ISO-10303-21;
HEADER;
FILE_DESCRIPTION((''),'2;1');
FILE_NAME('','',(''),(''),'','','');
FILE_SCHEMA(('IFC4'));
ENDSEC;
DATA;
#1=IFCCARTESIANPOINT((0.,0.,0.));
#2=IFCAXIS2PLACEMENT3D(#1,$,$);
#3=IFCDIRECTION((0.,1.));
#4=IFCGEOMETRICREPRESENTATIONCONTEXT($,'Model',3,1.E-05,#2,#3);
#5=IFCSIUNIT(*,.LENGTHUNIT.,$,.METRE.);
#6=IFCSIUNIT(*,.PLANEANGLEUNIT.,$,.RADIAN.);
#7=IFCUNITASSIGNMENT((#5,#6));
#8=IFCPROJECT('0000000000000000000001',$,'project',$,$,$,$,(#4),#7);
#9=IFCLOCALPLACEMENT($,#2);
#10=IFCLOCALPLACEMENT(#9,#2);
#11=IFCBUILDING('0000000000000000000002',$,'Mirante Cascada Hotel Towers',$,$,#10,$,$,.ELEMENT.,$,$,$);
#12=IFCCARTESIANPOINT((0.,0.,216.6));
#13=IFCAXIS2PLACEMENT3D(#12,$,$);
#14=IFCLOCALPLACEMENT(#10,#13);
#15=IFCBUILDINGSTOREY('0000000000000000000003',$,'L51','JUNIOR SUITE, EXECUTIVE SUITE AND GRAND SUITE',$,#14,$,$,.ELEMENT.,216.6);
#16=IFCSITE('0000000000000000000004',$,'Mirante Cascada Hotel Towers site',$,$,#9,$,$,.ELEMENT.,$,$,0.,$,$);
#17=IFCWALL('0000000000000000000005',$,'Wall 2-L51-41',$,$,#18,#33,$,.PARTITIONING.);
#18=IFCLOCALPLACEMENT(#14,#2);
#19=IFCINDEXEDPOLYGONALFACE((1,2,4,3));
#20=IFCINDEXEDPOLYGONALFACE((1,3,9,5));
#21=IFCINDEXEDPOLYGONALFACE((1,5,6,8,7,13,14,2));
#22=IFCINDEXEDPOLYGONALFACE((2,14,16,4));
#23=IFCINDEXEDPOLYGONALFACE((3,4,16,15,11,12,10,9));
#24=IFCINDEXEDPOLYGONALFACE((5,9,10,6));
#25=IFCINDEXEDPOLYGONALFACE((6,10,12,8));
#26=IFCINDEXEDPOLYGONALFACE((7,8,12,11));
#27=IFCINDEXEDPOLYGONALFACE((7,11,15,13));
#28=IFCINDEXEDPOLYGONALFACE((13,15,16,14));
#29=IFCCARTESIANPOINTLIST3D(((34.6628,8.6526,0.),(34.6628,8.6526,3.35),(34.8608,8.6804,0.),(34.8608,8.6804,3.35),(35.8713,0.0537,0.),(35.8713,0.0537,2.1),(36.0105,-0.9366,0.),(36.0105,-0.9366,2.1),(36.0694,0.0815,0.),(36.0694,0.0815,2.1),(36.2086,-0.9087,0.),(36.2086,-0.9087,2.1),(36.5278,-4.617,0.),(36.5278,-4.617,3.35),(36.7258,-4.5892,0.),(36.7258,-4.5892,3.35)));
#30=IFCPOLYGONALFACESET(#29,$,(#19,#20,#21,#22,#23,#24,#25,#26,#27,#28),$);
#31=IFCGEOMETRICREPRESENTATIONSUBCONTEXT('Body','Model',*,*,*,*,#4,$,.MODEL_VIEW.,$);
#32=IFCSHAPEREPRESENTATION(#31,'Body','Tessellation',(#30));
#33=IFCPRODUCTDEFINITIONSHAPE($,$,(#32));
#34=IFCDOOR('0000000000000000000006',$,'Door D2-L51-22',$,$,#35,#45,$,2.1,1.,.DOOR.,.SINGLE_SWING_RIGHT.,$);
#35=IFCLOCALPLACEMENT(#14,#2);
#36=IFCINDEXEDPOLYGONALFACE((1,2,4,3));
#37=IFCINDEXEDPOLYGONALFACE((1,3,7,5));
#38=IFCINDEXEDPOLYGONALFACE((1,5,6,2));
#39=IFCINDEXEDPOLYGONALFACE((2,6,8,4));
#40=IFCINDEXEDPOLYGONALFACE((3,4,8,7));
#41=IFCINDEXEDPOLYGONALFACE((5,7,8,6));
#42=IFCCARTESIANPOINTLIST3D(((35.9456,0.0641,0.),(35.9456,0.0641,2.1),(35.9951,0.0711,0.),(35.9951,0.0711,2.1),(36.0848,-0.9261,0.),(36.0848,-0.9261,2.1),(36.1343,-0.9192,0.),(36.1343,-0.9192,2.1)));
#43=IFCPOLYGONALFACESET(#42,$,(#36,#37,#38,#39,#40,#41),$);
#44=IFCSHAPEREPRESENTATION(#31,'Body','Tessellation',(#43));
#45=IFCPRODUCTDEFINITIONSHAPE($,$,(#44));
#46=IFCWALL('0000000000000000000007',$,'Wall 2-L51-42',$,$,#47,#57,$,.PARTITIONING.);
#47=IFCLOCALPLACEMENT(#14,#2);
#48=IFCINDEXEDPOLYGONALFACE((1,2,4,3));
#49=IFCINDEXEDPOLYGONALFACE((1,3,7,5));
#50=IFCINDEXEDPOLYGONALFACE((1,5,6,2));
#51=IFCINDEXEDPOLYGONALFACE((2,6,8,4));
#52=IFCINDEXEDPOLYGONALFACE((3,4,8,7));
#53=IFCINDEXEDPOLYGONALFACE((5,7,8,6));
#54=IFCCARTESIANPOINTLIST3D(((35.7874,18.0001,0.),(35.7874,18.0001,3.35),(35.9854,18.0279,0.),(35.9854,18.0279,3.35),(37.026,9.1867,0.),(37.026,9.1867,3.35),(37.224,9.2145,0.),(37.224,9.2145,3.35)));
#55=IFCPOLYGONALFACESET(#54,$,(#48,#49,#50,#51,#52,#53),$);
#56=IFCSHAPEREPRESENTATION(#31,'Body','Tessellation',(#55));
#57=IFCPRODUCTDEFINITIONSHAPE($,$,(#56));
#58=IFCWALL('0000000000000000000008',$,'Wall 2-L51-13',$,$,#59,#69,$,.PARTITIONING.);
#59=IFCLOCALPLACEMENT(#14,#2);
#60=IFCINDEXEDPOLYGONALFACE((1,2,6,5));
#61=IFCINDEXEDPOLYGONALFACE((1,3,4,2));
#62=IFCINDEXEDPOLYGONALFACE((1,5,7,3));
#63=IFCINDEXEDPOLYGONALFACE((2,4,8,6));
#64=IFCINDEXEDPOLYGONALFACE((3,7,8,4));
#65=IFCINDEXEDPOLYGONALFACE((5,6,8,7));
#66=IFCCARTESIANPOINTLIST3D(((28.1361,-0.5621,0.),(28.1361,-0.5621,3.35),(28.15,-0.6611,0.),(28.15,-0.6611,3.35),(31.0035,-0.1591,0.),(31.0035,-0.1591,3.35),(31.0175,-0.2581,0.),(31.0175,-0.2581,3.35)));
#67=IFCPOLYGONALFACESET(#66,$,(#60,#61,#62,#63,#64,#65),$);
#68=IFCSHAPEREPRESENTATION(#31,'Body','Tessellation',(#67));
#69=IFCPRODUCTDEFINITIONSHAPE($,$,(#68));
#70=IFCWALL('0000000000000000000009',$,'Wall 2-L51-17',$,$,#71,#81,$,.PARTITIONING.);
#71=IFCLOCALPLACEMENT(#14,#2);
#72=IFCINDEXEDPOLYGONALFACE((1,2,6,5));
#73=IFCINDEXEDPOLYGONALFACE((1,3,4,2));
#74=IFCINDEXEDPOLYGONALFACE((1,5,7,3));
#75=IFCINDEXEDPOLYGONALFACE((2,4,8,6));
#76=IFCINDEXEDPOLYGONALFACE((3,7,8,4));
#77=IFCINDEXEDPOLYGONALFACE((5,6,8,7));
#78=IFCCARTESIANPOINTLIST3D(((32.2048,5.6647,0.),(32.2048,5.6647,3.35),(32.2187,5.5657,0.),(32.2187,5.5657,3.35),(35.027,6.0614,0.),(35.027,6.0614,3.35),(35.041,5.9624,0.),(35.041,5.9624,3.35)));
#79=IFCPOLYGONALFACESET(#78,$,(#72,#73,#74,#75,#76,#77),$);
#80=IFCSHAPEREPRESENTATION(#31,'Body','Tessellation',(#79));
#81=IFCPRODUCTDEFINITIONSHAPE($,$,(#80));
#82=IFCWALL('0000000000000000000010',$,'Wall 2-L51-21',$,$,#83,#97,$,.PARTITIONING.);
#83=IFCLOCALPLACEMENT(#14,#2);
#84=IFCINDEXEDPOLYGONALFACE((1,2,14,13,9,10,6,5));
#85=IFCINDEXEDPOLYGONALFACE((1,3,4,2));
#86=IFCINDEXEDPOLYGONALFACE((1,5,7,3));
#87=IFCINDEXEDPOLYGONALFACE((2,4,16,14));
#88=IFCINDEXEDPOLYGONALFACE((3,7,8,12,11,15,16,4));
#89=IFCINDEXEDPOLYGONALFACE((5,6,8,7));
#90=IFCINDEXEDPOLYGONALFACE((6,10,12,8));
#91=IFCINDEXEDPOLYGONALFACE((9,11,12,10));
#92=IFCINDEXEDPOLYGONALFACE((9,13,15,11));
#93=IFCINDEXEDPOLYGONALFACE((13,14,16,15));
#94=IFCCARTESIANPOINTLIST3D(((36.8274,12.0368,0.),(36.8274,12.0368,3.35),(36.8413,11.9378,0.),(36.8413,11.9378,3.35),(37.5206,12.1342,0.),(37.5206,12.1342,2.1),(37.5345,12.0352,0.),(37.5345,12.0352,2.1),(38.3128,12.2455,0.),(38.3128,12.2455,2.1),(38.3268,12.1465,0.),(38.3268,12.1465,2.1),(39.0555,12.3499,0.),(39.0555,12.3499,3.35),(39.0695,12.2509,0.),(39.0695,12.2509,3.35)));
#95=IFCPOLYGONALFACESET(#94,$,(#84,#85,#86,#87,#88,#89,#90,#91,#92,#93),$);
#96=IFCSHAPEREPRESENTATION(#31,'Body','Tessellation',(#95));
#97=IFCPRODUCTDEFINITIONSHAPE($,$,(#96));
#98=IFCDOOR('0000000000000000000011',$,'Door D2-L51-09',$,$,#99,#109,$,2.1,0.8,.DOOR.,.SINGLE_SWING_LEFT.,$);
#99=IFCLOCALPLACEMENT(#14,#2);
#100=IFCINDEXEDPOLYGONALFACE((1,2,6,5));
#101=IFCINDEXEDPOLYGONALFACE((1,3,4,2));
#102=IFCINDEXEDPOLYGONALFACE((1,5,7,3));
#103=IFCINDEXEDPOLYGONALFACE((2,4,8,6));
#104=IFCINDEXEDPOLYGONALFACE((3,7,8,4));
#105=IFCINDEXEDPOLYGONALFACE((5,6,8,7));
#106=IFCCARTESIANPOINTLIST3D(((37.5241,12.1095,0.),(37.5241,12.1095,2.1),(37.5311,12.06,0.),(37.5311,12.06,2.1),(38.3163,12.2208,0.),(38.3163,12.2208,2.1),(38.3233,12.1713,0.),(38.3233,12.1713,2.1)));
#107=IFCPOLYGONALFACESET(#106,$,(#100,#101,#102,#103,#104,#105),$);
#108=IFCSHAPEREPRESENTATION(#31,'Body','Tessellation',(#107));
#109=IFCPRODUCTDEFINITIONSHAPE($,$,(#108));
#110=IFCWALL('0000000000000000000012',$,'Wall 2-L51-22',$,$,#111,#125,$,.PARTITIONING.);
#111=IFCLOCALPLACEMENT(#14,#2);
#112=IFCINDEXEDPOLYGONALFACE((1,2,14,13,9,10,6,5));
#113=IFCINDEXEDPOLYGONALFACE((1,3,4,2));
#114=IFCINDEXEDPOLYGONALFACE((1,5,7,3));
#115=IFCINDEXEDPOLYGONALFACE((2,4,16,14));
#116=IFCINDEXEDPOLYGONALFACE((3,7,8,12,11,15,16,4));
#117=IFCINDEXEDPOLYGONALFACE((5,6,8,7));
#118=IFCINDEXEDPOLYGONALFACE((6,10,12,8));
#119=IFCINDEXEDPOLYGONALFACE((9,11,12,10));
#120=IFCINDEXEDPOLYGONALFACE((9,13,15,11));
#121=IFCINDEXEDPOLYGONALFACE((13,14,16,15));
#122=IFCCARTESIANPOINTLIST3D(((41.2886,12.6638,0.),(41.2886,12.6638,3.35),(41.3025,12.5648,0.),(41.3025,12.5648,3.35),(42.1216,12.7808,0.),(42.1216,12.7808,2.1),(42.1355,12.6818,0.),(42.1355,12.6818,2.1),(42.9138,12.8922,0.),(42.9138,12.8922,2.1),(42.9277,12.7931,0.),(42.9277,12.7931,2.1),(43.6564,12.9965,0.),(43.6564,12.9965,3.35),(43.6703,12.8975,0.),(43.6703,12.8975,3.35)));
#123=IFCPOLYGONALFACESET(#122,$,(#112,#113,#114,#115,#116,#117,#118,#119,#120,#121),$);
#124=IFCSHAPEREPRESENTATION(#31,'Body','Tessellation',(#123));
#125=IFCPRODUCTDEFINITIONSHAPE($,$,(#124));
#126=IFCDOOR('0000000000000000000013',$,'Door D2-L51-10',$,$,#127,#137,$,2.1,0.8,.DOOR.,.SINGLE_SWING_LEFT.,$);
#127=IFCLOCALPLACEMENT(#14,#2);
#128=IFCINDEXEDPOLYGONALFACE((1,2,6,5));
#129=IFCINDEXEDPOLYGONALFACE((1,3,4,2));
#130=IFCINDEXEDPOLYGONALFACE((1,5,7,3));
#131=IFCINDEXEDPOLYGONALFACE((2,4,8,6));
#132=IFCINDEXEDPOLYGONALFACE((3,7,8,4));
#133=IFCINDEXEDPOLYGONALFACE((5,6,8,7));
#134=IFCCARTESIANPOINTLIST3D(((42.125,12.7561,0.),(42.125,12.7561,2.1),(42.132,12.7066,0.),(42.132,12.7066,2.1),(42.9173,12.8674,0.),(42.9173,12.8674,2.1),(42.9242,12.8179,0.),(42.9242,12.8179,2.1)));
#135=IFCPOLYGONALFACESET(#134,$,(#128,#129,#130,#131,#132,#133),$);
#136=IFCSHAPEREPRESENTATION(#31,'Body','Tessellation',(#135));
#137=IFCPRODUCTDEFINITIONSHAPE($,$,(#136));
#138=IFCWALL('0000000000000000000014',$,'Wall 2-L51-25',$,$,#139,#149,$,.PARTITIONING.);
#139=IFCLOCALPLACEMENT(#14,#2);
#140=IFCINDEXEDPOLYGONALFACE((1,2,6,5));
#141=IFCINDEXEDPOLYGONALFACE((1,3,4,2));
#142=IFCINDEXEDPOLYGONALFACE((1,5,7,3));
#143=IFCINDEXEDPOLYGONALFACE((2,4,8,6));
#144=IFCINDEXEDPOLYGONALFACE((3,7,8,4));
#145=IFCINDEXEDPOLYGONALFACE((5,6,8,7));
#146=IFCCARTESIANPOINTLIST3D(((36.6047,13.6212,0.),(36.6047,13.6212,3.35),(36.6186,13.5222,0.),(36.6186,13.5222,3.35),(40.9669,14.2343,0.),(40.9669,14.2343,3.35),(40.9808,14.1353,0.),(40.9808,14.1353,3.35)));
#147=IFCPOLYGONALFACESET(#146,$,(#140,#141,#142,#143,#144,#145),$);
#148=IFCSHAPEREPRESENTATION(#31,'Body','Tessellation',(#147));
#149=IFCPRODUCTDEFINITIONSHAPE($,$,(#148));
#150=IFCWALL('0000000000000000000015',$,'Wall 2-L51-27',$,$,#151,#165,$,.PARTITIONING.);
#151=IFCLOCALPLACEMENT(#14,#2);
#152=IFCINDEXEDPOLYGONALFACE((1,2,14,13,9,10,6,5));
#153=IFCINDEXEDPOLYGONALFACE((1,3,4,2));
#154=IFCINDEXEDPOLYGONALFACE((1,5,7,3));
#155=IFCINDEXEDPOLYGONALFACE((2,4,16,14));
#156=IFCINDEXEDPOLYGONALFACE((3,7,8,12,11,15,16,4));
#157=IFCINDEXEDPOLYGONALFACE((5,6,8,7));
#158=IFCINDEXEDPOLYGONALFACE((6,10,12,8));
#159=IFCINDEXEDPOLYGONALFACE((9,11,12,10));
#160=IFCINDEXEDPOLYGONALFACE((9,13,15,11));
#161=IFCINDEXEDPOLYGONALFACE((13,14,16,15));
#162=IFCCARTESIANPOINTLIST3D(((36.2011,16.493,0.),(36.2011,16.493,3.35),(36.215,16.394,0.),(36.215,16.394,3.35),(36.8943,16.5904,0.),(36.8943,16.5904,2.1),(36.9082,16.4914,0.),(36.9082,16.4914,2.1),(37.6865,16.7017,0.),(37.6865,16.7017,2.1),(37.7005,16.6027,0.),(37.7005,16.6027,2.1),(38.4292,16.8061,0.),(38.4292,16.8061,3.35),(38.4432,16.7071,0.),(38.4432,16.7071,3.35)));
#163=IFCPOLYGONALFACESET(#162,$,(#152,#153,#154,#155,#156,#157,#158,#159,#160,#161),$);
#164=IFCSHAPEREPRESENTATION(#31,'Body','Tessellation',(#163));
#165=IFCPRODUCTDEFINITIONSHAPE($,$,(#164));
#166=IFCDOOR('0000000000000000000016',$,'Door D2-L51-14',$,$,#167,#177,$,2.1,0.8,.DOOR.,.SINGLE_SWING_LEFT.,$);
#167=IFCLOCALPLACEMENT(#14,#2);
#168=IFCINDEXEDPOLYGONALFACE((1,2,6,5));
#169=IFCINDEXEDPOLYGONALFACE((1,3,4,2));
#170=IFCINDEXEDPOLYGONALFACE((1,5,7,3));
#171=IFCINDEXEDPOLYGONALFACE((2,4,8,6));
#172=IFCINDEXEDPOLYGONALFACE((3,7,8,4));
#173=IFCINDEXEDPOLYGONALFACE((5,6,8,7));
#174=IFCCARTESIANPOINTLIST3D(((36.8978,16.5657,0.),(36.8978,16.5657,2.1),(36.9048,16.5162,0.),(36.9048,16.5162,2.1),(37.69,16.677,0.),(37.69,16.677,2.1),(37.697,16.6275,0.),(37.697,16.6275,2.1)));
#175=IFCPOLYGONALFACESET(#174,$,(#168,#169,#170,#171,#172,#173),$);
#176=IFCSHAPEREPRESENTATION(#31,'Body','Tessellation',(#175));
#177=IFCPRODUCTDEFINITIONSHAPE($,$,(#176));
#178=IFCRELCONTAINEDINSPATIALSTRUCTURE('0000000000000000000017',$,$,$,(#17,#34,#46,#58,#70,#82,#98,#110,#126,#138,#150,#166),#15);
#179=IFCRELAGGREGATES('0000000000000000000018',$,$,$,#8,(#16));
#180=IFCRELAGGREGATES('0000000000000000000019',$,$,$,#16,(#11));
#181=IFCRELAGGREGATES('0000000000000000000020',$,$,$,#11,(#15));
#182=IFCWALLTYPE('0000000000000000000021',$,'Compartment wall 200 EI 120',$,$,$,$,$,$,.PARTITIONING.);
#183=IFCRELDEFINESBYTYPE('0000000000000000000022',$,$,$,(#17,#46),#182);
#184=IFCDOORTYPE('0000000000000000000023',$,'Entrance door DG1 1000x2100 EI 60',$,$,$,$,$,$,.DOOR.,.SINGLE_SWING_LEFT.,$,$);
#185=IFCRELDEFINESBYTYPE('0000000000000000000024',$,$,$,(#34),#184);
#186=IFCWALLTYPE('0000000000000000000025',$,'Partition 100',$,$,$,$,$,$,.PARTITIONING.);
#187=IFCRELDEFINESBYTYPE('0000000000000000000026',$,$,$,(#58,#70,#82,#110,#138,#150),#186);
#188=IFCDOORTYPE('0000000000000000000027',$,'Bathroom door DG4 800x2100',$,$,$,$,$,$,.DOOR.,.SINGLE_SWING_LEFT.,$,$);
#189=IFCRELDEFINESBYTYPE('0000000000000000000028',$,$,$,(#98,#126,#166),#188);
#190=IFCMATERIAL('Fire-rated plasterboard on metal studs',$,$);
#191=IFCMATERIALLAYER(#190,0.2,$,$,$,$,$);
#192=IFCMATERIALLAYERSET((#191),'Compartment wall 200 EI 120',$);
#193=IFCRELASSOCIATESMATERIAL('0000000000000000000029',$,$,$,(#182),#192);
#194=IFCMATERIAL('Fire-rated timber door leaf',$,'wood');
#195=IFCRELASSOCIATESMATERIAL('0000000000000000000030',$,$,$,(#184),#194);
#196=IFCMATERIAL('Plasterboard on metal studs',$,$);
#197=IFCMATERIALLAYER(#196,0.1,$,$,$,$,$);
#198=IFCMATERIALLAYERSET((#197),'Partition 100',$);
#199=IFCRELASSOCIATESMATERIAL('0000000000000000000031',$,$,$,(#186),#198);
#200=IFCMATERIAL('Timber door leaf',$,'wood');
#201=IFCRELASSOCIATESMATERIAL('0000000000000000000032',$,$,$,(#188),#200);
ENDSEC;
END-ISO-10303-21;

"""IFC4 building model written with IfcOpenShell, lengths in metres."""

from ifc_helpers import new_model, si_unit, direction, frame, frame_2d, origin, place, context, subcontext, project, spatial, rectangle, extrude, material, layer, layer_set, type_object, element, fill, save


model = new_model("IFC4")

# Units and contexts
model_context = context("Model", 3, precision=1e-05, world=origin(), true_north=direction((0.0, 1.0)))
body_context = subcontext(model_context, "Body", "Model", "MODEL_VIEW")
ifc_project = project(units=[si_unit("LENGTHUNIT", "METRE"), si_unit("PLANEANGLEUNIT", "RADIAN")], contexts=[model_context])

# Site, building, storey
site_placement = place(None, origin())
site = spatial("IfcSite", under=ifc_project, at=site_placement, Name="Mirante Cascada Hotel Towers site", CompositionType="ELEMENT", RefElevation=0.0)
building_placement = place(site_placement, origin())
building = spatial("IfcBuilding", under=site, at=building_placement, Name="Mirante Cascada Hotel Towers", CompositionType="ELEMENT")
storey_placement = place(building_placement, frame((0.0, 0.0, 216.6)))
storey = spatial("IfcBuildingStorey", under=building, at=storey_placement, Name="L51", Description="JUNIOR SUITE, EXECUTIVE SUITE AND GRAND SUITE", CompositionType="ELEMENT", Elevation=216.6)

# Shared definitions
ifc_material_1 = material(Name="Fire-rated plasterboard on metal studs")
ifc_layer_1 = layer(ifc_material_1, 0.2)
ifc_layer_set_1 = layer_set([ifc_layer_1], Name="Compartment wall 200 EI 120")
wall_type_1 = type_object("IfcWallType", Name="Compartment wall 200 EI 120", PredefinedType="PARTITIONING", material=ifc_layer_set_1)

# Wall, opening, door
wall_1_placement = place(storey_placement, frame((34.7618, 8.6665, 0.0), z_axis=(0.0, 0.0, 1.0), x_axis=(0.139179, -0.990267, 0.0)))
wall_1 = element("IfcWall", 1, at=wall_1_placement, inside=storey, type_object=wall_type_1, Name="Wall 2-L51-41", PredefinedType="PARTITIONING", context=body_context, shape_type="SweptSolid", body=[
    extrude(rectangle(XDim=13.4, YDim=0.2, at=frame_2d((6.7, 0.0))), origin(), (0.0, 0.0, 1.0), 3.35),
])
opening_1_placement = place(wall_1_placement, frame((8.6834, 0.0, 0.0)))
opening_1 = element("IfcOpeningElement", 2, at=opening_1_placement, cuts=wall_1, PredefinedType="OPENING", context=body_context, shape_type="SweptSolid", body=[
    extrude(rectangle(XDim=1.0, YDim=2.1, at=frame_2d((0.5, 1.05))), frame((0.0, 0.1, 0.0), z_axis=(0.0, -1.0, 0.0), x_axis=(1.0, 0.0, 0.0)), (0.0, 0.0, 1.0), 0.2),
])
ifc_material_2 = material(Name="Fire-rated timber door leaf", Category="wood")
door_type_1 = type_object("IfcDoorType", Name="Entrance door DG1 1000x2100 EI 60", OperationType="SINGLE_SWING_LEFT", PredefinedType="DOOR", material=ifc_material_2)
door_1_placement = place(opening_1_placement, frame((1.0, 0.0, 0.0), z_axis=(0.0, 0.0, 1.0), x_axis=(-1.0, 0.0, 0.0)))
door_1 = element("IfcDoor", 3, at=door_1_placement, inside=storey, type_object=door_type_1, Name="Door D2-L51-22", OperationType="SINGLE_SWING_RIGHT", OverallHeight=2.1, OverallWidth=1.0, PredefinedType="DOOR", context=body_context, shape_type="SweptSolid", body=[
    extrude(rectangle(XDim=1.0, YDim=2.1, at=frame_2d((0.5, 1.05))), frame((0.0, 0.025, 0.0), z_axis=(0.0, -1.0, 0.0), x_axis=(1.0, 0.0, 0.0)), (0.0, 0.0, 1.0), 0.05),
])
fill(opening_1, door_1)

# Walls
wall_2_placement = place(storey_placement, frame((37.125, 9.2006, 0.0), z_axis=(0.0, 0.0, 1.0), x_axis=(-0.139168, 0.990269, 0.0)))
element("IfcWall", 4, at=wall_2_placement, inside=storey, type_object=wall_type_1, Name="Wall 2-L51-42", PredefinedType="PARTITIONING", context=body_context, shape_type="SweptSolid", body=[
    extrude(rectangle(XDim=8.9, YDim=0.2, at=frame_2d((4.45, 0.0))), origin(), (0.0, 0.0, 1.0), 3.35),
])
ifc_material_3 = material(Name="Plasterboard on metal studs")
ifc_layer_2 = layer(ifc_material_3, 0.1)
ifc_layer_set_2 = layer_set([ifc_layer_2], Name="Partition 100")
wall_type_2 = type_object("IfcWallType", Name="Partition 100", PredefinedType="PARTITIONING", material=ifc_layer_set_2)
wall_3_placement = place(storey_placement, frame((31.0105, -0.2086, 0.0), z_axis=(0.0, 0.0, 1.0), x_axis=(-0.990267, -0.139178, 0.0)))
element("IfcWall", 5, at=wall_3_placement, inside=storey, type_object=wall_type_2, Name="Wall 2-L51-13", PredefinedType="PARTITIONING", context=body_context, shape_type="SweptSolid", body=[
    extrude(rectangle(XDim=2.8956, YDim=0.1, at=frame_2d((1.4478, 0.0))), origin(), (0.0, 0.0, 1.0), 3.35),
])
wall_4_placement = place(storey_placement, frame((35.034, 6.0119, 0.0), z_axis=(0.0, 0.0, 1.0), x_axis=(-0.990266, -0.139191, 0.0)))
element("IfcWall", 6, at=wall_4_placement, inside=storey, type_object=wall_type_2, Name="Wall 2-L51-17", PredefinedType="PARTITIONING", context=body_context, shape_type="SweptSolid", body=[
    extrude(rectangle(XDim=2.85, YDim=0.1, at=frame_2d((1.425, 0.0))), origin(), (0.0, 0.0, 1.0), 3.35),
])

# Walls, openings, doors
wall_5_placement = place(storey_placement, frame((39.0625, 12.3004, 0.0), z_axis=(0.0, 0.0, 1.0), x_axis=(-0.990271, -0.139156, 0.0)))
wall_5 = element("IfcWall", 7, at=wall_5_placement, inside=storey, type_object=wall_type_2, Name="Wall 2-L51-21", PredefinedType="PARTITIONING", context=body_context, shape_type="SweptSolid", body=[
    extrude(rectangle(XDim=2.25, YDim=0.1, at=frame_2d((1.125, 0.0))), origin(), (0.0, 0.0, 1.0), 3.35),
])
opening_2_placement = place(wall_5_placement, frame((0.75, 0.0, 0.0)))
opening_2 = element("IfcOpeningElement", 8, at=opening_2_placement, cuts=wall_5, PredefinedType="OPENING", context=body_context, shape_type="SweptSolid", body=[
    extrude(rectangle(XDim=0.8, YDim=2.1, at=frame_2d((0.4, 1.05))), frame((0.0, 0.05, 0.0), z_axis=(0.0, -1.0, 0.0), x_axis=(1.0, 0.0, 0.0)), (0.0, 0.0, 1.0), 0.1),
])
ifc_material_4 = material(Name="Timber door leaf", Category="wood")
door_type_2 = type_object("IfcDoorType", Name="Bathroom door DG4 800x2100", OperationType="SINGLE_SWING_LEFT", PredefinedType="DOOR", material=ifc_material_4)
door_2_placement = place(opening_2_placement, origin())
door_2 = element("IfcDoor", 9, at=door_2_placement, inside=storey, type_object=door_type_2, Name="Door D2-L51-09", OperationType="SINGLE_SWING_LEFT", OverallHeight=2.1, OverallWidth=0.8, PredefinedType="DOOR", context=body_context, shape_type="SweptSolid", body=[
    extrude(rectangle(XDim=0.8, YDim=2.1, at=frame_2d((0.4, 1.05))), frame((0.0, 0.025, 0.0), z_axis=(0.0, -1.0, 0.0), x_axis=(1.0, 0.0, 0.0)), (0.0, 0.0, 1.0), 0.05),
])
fill(opening_2, door_2)
wall_6_placement = place(storey_placement, frame((41.2956, 12.6143, 0.0), z_axis=(0.0, 0.0, 1.0), x_axis=(0.990272, 0.139143, 0.0)))
wall_6 = element("IfcWall", 10, at=wall_6_placement, inside=storey, type_object=wall_type_2, Name="Wall 2-L51-22", PredefinedType="PARTITIONING", context=body_context, shape_type="SweptSolid", body=[
    extrude(rectangle(XDim=2.3911, YDim=0.1, at=frame_2d((1.1955, 0.0))), origin(), (0.0, 0.0, 1.0), 3.35),
])
opening_3_placement = place(wall_6_placement, frame((0.8411, 0.0, 0.0)))
opening_3 = element("IfcOpeningElement", 11, at=opening_3_placement, cuts=wall_6, PredefinedType="OPENING", context=body_context, shape_type="SweptSolid", body=[
    extrude(rectangle(XDim=0.8, YDim=2.1, at=frame_2d((0.4, 1.05))), frame((0.0, 0.05, 0.0), z_axis=(0.0, -1.0, 0.0), x_axis=(1.0, 0.0, 0.0)), (0.0, 0.0, 1.0), 0.1),
])
door_3_placement = place(opening_3_placement, origin())
door_3 = element("IfcDoor", 12, at=door_3_placement, inside=storey, type_object=door_type_2, Name="Door D2-L51-10", OperationType="SINGLE_SWING_LEFT", OverallHeight=2.1, OverallWidth=0.8, PredefinedType="DOOR", context=body_context, shape_type="SweptSolid", body=[
    extrude(rectangle(XDim=0.8, YDim=2.1, at=frame_2d((0.4, 1.05))), frame((0.0, 0.025, 0.0), z_axis=(0.0, -1.0, 0.0), x_axis=(1.0, 0.0, 0.0)), (0.0, 0.0, 1.0), 0.05),
])
fill(opening_3, door_3)

# Wall
wall_7_placement = place(storey_placement, frame((40.9739, 14.1848, 0.0), z_axis=(0.0, 0.0, 1.0), x_axis=(-0.990267, -0.13918, 0.0)))
element("IfcWall", 13, at=wall_7_placement, inside=storey, type_object=wall_type_2, Name="Wall 2-L51-25", PredefinedType="PARTITIONING", context=body_context, shape_type="SweptSolid", body=[
    extrude(rectangle(XDim=4.4051, YDim=0.1, at=frame_2d((2.2026, 0.0))), origin(), (0.0, 0.0, 1.0), 3.35),
])

# Wall, opening, door
wall_8_placement = place(storey_placement, frame((38.4362, 16.7566, 0.0), z_axis=(0.0, 0.0, 1.0), x_axis=(-0.990271, -0.139156, 0.0)))
wall_8 = element("IfcWall", 14, at=wall_8_placement, inside=storey, type_object=wall_type_2, Name="Wall 2-L51-27", PredefinedType="PARTITIONING", context=body_context, shape_type="SweptSolid", body=[
    extrude(rectangle(XDim=2.25, YDim=0.1, at=frame_2d((1.125, 0.0))), origin(), (0.0, 0.0, 1.0), 3.35),
])
opening_4_placement = place(wall_8_placement, frame((0.75, 0.0, 0.0)))
opening_4 = element("IfcOpeningElement", 15, at=opening_4_placement, cuts=wall_8, PredefinedType="OPENING", context=body_context, shape_type="SweptSolid", body=[
    extrude(rectangle(XDim=0.8, YDim=2.1, at=frame_2d((0.4, 1.05))), frame((0.0, 0.05, 0.0), z_axis=(0.0, -1.0, 0.0), x_axis=(1.0, 0.0, 0.0)), (0.0, 0.0, 1.0), 0.1),
])
door_4_placement = place(opening_4_placement, origin())
door_4 = element("IfcDoor", 16, at=door_4_placement, inside=storey, type_object=door_type_2, Name="Door D2-L51-14", OperationType="SINGLE_SWING_LEFT", OverallHeight=2.1, OverallWidth=0.8, PredefinedType="DOOR", context=body_context, shape_type="SweptSolid", body=[
    extrude(rectangle(XDim=0.8, YDim=2.1, at=frame_2d((0.4, 1.05))), frame((0.0, 0.025, 0.0), z_axis=(0.0, -1.0, 0.0), x_axis=(1.0, 0.0, 0.0)), (0.0, 0.0, 1.0), 0.05),
])
fill(opening_4, door_4)

save(model, "model.ifc")
